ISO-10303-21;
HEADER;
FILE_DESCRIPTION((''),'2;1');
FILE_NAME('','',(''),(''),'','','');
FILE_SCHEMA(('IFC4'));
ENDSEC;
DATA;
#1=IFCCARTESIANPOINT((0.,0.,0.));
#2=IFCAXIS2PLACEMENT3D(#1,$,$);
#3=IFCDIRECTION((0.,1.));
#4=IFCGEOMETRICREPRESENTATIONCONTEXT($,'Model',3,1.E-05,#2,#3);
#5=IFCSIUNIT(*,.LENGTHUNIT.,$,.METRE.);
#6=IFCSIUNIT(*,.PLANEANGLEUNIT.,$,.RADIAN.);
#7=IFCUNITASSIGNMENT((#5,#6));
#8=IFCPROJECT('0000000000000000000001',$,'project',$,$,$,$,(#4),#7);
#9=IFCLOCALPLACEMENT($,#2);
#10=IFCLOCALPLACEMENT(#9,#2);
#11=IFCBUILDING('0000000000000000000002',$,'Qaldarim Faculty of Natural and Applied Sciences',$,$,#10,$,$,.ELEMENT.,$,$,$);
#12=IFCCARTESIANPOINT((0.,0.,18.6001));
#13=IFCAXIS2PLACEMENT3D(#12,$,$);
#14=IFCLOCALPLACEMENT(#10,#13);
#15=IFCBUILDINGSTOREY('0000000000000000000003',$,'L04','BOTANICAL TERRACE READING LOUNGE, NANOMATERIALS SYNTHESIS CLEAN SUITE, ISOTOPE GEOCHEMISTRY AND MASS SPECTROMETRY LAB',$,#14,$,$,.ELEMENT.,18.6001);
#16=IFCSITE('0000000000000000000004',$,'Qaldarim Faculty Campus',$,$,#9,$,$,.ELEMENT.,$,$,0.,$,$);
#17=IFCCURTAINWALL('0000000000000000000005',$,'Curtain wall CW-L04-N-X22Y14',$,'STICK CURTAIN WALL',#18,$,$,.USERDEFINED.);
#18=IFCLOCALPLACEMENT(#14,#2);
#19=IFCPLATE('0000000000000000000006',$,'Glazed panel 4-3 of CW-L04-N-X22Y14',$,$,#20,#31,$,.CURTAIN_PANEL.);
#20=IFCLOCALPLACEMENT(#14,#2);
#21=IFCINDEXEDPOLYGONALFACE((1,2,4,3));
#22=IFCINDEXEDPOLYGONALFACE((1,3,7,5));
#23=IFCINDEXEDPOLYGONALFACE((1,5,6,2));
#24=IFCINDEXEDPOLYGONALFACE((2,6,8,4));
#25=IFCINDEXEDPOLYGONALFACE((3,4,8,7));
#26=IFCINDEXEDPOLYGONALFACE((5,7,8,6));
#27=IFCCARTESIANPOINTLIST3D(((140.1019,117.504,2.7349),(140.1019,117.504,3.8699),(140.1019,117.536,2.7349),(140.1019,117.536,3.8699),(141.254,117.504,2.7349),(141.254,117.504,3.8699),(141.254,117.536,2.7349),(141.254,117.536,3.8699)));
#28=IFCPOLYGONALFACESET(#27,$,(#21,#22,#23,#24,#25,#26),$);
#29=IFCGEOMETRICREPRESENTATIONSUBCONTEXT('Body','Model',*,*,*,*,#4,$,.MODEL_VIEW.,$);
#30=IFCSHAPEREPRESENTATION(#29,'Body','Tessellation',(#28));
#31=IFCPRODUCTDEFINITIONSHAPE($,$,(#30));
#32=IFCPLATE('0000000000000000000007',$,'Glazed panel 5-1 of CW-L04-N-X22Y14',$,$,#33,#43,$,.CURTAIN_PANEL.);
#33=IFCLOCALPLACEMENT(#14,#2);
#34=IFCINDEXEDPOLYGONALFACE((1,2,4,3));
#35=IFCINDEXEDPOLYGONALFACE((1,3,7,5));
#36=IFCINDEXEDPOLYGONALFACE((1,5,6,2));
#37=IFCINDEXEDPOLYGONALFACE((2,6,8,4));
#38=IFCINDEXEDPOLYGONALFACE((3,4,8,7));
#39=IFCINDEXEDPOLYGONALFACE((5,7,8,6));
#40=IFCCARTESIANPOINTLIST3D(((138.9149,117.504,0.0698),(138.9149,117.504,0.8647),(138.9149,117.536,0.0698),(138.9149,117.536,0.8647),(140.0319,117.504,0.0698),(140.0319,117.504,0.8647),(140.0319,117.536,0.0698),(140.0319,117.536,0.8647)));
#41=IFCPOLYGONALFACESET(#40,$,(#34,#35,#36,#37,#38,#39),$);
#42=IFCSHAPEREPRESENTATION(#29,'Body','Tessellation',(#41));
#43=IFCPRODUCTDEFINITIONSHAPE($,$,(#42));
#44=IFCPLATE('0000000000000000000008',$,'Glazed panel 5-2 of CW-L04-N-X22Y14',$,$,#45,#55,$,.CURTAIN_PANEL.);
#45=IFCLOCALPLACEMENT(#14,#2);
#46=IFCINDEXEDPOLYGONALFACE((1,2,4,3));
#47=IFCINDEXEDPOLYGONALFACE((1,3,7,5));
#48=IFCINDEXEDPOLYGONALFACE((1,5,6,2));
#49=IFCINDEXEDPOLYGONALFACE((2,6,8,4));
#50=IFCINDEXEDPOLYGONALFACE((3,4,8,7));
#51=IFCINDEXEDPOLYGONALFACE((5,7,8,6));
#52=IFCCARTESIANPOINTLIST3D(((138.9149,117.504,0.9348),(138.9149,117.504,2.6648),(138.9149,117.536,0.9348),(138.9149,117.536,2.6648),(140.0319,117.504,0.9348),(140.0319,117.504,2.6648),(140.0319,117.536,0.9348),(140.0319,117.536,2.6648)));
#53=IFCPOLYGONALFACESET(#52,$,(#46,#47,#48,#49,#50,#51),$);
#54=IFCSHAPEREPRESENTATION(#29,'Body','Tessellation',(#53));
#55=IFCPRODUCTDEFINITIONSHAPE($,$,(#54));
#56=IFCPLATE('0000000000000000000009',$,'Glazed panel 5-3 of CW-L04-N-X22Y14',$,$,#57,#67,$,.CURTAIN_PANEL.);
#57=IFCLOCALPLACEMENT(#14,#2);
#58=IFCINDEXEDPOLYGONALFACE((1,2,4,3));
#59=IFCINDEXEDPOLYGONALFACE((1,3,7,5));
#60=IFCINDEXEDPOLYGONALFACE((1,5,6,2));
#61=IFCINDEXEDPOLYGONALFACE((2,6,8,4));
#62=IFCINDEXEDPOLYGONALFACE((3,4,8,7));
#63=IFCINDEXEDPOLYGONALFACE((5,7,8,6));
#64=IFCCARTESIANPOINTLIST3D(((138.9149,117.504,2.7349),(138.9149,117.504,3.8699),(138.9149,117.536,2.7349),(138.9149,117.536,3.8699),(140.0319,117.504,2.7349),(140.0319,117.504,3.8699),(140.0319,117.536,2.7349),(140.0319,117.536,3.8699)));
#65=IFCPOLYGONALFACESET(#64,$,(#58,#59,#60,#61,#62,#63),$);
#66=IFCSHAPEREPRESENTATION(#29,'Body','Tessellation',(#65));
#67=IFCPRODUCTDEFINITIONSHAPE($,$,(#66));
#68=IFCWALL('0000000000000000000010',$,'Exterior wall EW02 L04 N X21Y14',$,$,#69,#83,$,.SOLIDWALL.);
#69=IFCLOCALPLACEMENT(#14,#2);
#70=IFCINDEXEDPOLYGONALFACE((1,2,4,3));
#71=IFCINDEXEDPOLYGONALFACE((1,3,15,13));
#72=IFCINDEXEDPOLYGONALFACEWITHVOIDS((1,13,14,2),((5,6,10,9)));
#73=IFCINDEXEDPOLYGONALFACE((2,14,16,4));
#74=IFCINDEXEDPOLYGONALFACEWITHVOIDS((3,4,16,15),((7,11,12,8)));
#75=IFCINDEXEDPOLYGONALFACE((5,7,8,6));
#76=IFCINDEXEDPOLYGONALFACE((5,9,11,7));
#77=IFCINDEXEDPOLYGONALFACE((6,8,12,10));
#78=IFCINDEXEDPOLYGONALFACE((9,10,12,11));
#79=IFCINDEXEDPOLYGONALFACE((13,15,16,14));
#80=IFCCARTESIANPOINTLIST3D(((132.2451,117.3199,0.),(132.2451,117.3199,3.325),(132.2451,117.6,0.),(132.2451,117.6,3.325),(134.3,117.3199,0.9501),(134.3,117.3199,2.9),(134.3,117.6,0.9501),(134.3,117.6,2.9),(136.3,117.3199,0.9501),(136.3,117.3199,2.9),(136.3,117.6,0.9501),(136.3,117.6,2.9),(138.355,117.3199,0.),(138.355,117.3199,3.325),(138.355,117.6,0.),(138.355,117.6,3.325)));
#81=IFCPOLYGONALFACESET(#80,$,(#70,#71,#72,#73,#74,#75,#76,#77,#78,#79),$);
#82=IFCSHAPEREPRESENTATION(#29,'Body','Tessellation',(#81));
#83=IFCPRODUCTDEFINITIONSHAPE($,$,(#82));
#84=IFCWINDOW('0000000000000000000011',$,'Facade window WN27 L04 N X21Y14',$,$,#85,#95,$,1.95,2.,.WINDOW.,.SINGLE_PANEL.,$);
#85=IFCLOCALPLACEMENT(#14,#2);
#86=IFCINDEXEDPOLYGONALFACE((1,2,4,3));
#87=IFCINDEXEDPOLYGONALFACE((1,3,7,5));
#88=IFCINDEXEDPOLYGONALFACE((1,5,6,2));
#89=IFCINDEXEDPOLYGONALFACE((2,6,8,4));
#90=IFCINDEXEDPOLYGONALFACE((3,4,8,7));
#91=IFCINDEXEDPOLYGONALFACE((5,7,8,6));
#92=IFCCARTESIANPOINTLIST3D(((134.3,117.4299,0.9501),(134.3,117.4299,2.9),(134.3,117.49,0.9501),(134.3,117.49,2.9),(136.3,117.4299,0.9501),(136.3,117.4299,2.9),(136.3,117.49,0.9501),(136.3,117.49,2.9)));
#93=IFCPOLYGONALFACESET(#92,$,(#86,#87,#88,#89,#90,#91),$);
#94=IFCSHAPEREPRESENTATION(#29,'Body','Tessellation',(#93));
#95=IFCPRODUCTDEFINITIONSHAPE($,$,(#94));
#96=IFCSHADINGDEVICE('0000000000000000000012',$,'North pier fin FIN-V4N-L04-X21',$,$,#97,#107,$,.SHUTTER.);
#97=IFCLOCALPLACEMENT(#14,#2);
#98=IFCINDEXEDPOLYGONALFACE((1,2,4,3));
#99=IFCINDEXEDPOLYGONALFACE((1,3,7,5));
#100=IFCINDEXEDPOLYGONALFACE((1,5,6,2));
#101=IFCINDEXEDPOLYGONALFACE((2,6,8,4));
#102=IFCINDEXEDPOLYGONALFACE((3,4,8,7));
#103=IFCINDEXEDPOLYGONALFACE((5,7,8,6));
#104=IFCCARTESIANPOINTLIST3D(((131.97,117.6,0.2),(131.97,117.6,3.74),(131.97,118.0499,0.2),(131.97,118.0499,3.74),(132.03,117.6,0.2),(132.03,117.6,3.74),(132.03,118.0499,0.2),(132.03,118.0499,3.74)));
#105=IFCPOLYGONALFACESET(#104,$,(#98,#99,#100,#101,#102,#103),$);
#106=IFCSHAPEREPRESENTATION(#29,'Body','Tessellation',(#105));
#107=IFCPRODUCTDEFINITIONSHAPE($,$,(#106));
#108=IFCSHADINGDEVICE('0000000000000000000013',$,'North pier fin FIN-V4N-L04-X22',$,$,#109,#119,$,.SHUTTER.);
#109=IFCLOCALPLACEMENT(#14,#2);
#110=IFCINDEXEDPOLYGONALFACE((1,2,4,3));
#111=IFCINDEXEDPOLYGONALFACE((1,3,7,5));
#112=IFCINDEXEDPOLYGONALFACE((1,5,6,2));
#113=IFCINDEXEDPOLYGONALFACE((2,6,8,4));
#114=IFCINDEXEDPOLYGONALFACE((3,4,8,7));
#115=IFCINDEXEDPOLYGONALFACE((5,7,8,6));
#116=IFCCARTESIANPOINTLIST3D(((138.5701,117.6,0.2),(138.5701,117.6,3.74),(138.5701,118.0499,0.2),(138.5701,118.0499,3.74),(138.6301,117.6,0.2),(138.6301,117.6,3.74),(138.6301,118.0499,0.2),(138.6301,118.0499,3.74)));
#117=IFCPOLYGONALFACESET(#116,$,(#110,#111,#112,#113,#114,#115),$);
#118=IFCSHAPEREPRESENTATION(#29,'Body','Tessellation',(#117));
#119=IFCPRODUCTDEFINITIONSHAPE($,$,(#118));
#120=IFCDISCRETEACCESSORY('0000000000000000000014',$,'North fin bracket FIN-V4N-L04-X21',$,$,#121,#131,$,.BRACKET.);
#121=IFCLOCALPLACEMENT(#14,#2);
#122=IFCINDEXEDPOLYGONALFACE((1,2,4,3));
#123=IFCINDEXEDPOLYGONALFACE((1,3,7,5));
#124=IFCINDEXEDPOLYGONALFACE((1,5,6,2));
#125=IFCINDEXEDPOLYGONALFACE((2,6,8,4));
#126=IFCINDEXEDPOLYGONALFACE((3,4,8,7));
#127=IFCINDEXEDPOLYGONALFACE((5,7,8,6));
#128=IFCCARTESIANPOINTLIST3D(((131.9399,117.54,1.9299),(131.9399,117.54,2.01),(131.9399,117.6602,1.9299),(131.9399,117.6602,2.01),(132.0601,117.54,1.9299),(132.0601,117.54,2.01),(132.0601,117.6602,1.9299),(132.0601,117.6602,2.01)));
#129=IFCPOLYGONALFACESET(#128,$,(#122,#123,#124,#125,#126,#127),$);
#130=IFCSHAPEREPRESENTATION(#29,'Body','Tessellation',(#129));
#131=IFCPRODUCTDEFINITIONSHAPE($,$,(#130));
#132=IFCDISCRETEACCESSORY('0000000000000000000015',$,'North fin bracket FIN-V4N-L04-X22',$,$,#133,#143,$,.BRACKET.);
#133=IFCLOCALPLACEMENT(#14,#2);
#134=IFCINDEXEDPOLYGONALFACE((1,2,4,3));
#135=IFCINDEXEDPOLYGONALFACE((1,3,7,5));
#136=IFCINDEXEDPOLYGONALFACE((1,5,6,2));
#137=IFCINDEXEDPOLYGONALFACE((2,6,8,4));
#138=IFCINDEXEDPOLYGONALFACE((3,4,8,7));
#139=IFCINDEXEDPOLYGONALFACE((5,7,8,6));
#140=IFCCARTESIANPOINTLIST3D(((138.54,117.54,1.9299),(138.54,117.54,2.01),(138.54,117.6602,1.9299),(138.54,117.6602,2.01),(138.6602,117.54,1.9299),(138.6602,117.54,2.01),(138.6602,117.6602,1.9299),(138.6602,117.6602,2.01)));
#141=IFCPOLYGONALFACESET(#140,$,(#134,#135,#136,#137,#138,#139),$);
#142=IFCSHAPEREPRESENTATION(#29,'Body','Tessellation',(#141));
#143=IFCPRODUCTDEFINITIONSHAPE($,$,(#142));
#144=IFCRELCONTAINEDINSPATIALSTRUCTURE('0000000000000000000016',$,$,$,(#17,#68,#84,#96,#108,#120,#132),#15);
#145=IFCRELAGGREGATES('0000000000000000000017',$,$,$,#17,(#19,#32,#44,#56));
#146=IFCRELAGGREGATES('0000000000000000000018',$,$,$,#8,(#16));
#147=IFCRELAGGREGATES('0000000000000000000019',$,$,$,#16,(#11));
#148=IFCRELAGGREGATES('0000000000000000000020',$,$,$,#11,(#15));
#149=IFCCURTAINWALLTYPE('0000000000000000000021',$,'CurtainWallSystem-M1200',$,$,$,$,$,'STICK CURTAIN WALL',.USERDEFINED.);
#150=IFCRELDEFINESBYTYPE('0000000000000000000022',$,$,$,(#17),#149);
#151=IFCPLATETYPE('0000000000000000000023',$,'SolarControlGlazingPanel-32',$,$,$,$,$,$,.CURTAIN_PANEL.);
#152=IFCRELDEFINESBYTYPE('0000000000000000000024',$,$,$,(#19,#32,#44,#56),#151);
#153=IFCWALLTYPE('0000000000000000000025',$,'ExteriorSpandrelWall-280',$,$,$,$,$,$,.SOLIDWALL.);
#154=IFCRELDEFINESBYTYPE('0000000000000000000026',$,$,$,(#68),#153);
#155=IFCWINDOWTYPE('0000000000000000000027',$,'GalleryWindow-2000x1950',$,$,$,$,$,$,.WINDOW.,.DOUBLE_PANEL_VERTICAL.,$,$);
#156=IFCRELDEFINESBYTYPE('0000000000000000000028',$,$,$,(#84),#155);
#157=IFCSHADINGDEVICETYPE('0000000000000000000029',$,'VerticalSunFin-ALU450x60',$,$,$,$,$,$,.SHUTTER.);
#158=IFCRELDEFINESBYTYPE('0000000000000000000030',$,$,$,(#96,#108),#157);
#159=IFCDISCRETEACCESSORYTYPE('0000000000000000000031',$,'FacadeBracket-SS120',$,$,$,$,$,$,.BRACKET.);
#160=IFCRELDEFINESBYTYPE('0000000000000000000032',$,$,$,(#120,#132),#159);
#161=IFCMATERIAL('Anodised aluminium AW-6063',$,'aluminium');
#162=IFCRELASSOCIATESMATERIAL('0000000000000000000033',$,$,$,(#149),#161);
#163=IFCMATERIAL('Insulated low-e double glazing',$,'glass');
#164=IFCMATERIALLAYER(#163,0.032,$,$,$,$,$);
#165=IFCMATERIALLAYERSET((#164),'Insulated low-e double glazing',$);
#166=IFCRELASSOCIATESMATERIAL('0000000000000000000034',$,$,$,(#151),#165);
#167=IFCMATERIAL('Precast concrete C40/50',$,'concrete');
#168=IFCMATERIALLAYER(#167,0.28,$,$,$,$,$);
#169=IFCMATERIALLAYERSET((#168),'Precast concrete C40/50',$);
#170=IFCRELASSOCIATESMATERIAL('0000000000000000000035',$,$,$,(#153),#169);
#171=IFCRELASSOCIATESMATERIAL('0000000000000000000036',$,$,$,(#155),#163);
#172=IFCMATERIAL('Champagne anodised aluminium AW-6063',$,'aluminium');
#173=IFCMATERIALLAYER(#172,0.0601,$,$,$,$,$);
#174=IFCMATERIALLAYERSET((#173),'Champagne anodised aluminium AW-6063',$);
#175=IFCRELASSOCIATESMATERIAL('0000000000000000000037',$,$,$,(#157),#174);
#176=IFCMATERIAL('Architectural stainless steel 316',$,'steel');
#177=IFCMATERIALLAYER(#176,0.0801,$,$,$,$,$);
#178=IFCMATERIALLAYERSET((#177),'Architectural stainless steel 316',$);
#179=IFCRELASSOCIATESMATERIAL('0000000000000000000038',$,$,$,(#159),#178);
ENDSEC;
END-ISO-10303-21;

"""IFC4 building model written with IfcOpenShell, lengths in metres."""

from ifc_helpers import new_model, si_unit, direction, frame, frame_2d, origin, origin_2d, place, context, subcontext, project, spatial, rectangle, extrude, material, layer, layer_set, type_object, element, fill, aggregate, save


model = new_model("IFC4")

# Units and contexts
model_context = context("Model", 3, precision=1e-05, world=origin(), true_north=direction((0.0, 1.0)))
body_context = subcontext(model_context, "Body", "Model", "MODEL_VIEW")
ifc_project = project(units=[si_unit("LENGTHUNIT", "METRE"), si_unit("PLANEANGLEUNIT", "RADIAN")], contexts=[model_context])

# Site, building, storey
site_placement = place(None, origin())
site = spatial("IfcSite", under=ifc_project, at=site_placement, Name="Qaldarim Faculty Campus", CompositionType="ELEMENT", RefElevation=0.0)
building_placement = place(site_placement, origin())
building = spatial("IfcBuilding", under=site, at=building_placement, Name="Qaldarim Faculty of Natural and Applied Sciences", CompositionType="ELEMENT")
storey_placement = place(building_placement, frame((0.0, 0.0, 18.6001)))
storey = spatial("IfcBuildingStorey", under=building, at=storey_placement, Name="L04", Description="BOTANICAL TERRACE READING LOUNGE, NANOMATERIALS SYNTHESIS CLEAN SUITE, ISOTOPE GEOCHEMISTRY AND MASS SPECTROMETRY LAB", CompositionType="ELEMENT", Elevation=18.6001)

# Curtain wall
ifc_material_1 = material(Name="Anodised aluminium AW-6063", Category="aluminium")
curtain_wall_type = type_object("IfcCurtainWallType", Name="CurtainWallSystem-M1200", ElementType="STICK CURTAIN WALL", PredefinedType="USERDEFINED", material=ifc_material_1)
curtain_wall_placement = place(storey_placement, origin())
curtain_wall = element("IfcCurtainWall", 1, at=curtain_wall_placement, inside=storey, type_object=curtain_wall_type, Name="Curtain wall CW-L04-N-X22Y14", ObjectType="STICK CURTAIN WALL", PredefinedType="USERDEFINED")

# Shared definitions
ifc_material_2 = material(Name="Precast concrete C40/50", Category="concrete")

# Plates
ifc_material_3 = material(Name="Insulated low-e double glazing", Category="glass")
ifc_layer_1 = layer(ifc_material_3, 0.032)
ifc_layer_set_1 = layer_set([ifc_layer_1], Name="Insulated low-e double glazing")
plate_type = type_object("IfcPlateType", Name="SolarControlGlazingPanel-32", PredefinedType="CURTAIN_PANEL", material=ifc_layer_set_1)
plate_1_placement = place(storey_placement, frame((140.678, 117.52, 2.7349), z_axis=(0.0, 0.0, 1.0), x_axis=(-1.0, 0.0, 0.0)))
plate_1 = element("IfcPlate", 2, at=plate_1_placement, type_object=plate_type, Name="Glazed panel 4-3 of CW-L04-N-X22Y14", PredefinedType="CURTAIN_PANEL", context=body_context, shape_type="SweptSolid", body=[
    extrude(rectangle(XDim=1.1521, YDim=0.032, at=origin_2d()), origin(), (0.0, 0.0, 1.0), 1.135),
])
plate_2_placement = place(storey_placement, frame((139.4734, 117.52, 0.0698), z_axis=(0.0, 0.0, 1.0), x_axis=(-1.0, 0.0, 0.0)))
plate_2 = element("IfcPlate", 3, at=plate_2_placement, type_object=plate_type, Name="Glazed panel 5-1 of CW-L04-N-X22Y14", PredefinedType="CURTAIN_PANEL", context=body_context, shape_type="SweptSolid", body=[
    extrude(rectangle(XDim=1.1169, YDim=0.032, at=origin_2d()), origin(), (0.0, 0.0, 1.0), 0.7949),
])
plate_3_placement = place(storey_placement, frame((139.4734, 117.52, 0.9348), z_axis=(0.0, 0.0, 1.0), x_axis=(-1.0, 0.0, 0.0)))
plate_3 = element("IfcPlate", 4, at=plate_3_placement, type_object=plate_type, Name="Glazed panel 5-2 of CW-L04-N-X22Y14", PredefinedType="CURTAIN_PANEL", context=body_context, shape_type="SweptSolid", body=[
    extrude(rectangle(XDim=1.1169, YDim=0.032, at=origin_2d()), origin(), (0.0, 0.0, 1.0), 1.73),
])
plate_4_placement = place(storey_placement, frame((139.4734, 117.52, 2.7349), z_axis=(0.0, 0.0, 1.0), x_axis=(-1.0, 0.0, 0.0)))
plate_4 = element("IfcPlate", 5, at=plate_4_placement, type_object=plate_type, Name="Glazed panel 5-3 of CW-L04-N-X22Y14", PredefinedType="CURTAIN_PANEL", context=body_context, shape_type="SweptSolid", body=[
    extrude(rectangle(XDim=1.1169, YDim=0.032, at=origin_2d()), origin(), (0.0, 0.0, 1.0), 1.135),
])
aggregate(curtain_wall, [plate_1, plate_2, plate_3, plate_4])

# Wall, opening, window
ifc_layer_2 = layer(ifc_material_2, 0.28)
ifc_layer_set_2 = layer_set([ifc_layer_2], Name="Precast concrete C40/50")
wall_type = type_object("IfcWallType", Name="ExteriorSpandrelWall-280", PredefinedType="SOLIDWALL", material=ifc_layer_set_2)
wall_placement = place(storey_placement, frame((138.355, 117.46, 0.0), z_axis=(0.0, 0.0, 1.0), x_axis=(-1.0, 0.0, 0.0)))
wall = element("IfcWall", 6, at=wall_placement, inside=storey, type_object=wall_type, Name="Exterior wall EW02 L04 N X21Y14", PredefinedType="SOLIDWALL", context=body_context, shape_type="SweptSolid", body=[
    extrude(rectangle(XDim=6.1099, YDim=0.28, at=frame_2d((3.0549, 0.0))), origin(), (0.0, 0.0, 1.0), 3.325),
])
opening_placement = place(wall_placement, frame((2.0549, 0.0, 0.95)))
opening = element("IfcOpeningElement", 7, at=opening_placement, cuts=wall, PredefinedType="OPENING", context=body_context, shape_type="SweptSolid", body=[
    extrude(rectangle(XDim=2.0, YDim=1.95, at=frame_2d((1.0, 0.9751))), frame((0.0, 0.1499, 0.0), z_axis=(0.0, -1.0, 0.0), x_axis=(1.0, 0.0, 0.0)), (0.0, 0.0, 1.0), 0.3),
])
window_type = type_object("IfcWindowType", Name="GalleryWindow-2000x1950", PartitioningType="DOUBLE_PANEL_VERTICAL", PredefinedType="WINDOW", material=ifc_material_3)
window_placement = place(opening_placement, origin())
window = element("IfcWindow", 8, at=window_placement, inside=storey, type_object=window_type, Name="Facade window WN27 L04 N X21Y14", OverallHeight=1.95, OverallWidth=2.0, PartitioningType="SINGLE_PANEL", PredefinedType="WINDOW", context=body_context, shape_type="SweptSolid", body=[
    extrude(rectangle(XDim=2.0, YDim=1.95, at=frame_2d((1.0, 0.9751))), frame((0.0, 0.03, 0.0), z_axis=(0.0, -1.0, 0.0), x_axis=(1.0, 0.0, 0.0)), (0.0, 0.0, 1.0), 0.0601),
])
fill(opening, window)

# Shading devices
ifc_material_4 = material(Name="Champagne anodised aluminium AW-6063", Category="aluminium")
ifc_layer_3 = layer(ifc_material_4, 0.0601)
ifc_layer_set_3 = layer_set([ifc_layer_3], Name="Champagne anodised aluminium AW-6063")
shading_device_type = type_object("IfcShadingDeviceType", Name="VerticalSunFin-ALU450x60", PredefinedType="SHUTTER", material=ifc_layer_set_3)
for number, where, z_axis, x_axis, name in (
    (9, (132.0, 117.825, 0.2), (0.0, 0.0, 1.0), (1.0, 0.0, 0.0), "North pier fin FIN-V4N-L04-X21"),
    (10, (138.6001, 117.825, 0.2), (0.0, 0.0, 1.0), (1.0, 0.0, 0.0), "North pier fin FIN-V4N-L04-X22"),
):
    element("IfcShadingDevice", number, at=place(storey_placement, frame(where, z_axis=z_axis, x_axis=x_axis)), inside=storey, type_object=shading_device_type, Name=name, PredefinedType="SHUTTER", context=body_context, shape_type="SweptSolid", body=[
        extrude(rectangle(XDim=0.0601, YDim=0.45, at=origin_2d()), origin(), (0.0, 0.0, 1.0), 3.54),
    ])

# Discrete accessories
ifc_material_5 = material(Name="Architectural stainless steel 316", Category="steel")
ifc_layer_4 = layer(ifc_material_5, 0.0801)
ifc_layer_set_4 = layer_set([ifc_layer_4], Name="Architectural stainless steel 316")
discrete_accessory_type = type_object("IfcDiscreteAccessoryType", Name="FacadeBracket-SS120", PredefinedType="BRACKET", material=ifc_layer_set_4)
for number, where, z_axis, x_axis, name in (
    (11, (132.0, 117.6001, 1.9299), (0.0, 0.0, 1.0), (1.0, 0.0, 0.0), "North fin bracket FIN-V4N-L04-X21"),
    (12, (138.6001, 117.6001, 1.9299), (0.0, 0.0, 1.0), (1.0, 0.0, 0.0), "North fin bracket FIN-V4N-L04-X22"),
):
    element("IfcDiscreteAccessory", number, at=place(storey_placement, frame(where, z_axis=z_axis, x_axis=x_axis)), inside=storey, type_object=discrete_accessory_type, Name=name, PredefinedType="BRACKET", context=body_context, shape_type="SweptSolid", body=[
        extrude(rectangle(XDim=0.1201, YDim=0.1201, at=origin_2d()), origin(), (0.0, 0.0, 1.0), 0.0801),
    ])

save(model, "model.ifc")
